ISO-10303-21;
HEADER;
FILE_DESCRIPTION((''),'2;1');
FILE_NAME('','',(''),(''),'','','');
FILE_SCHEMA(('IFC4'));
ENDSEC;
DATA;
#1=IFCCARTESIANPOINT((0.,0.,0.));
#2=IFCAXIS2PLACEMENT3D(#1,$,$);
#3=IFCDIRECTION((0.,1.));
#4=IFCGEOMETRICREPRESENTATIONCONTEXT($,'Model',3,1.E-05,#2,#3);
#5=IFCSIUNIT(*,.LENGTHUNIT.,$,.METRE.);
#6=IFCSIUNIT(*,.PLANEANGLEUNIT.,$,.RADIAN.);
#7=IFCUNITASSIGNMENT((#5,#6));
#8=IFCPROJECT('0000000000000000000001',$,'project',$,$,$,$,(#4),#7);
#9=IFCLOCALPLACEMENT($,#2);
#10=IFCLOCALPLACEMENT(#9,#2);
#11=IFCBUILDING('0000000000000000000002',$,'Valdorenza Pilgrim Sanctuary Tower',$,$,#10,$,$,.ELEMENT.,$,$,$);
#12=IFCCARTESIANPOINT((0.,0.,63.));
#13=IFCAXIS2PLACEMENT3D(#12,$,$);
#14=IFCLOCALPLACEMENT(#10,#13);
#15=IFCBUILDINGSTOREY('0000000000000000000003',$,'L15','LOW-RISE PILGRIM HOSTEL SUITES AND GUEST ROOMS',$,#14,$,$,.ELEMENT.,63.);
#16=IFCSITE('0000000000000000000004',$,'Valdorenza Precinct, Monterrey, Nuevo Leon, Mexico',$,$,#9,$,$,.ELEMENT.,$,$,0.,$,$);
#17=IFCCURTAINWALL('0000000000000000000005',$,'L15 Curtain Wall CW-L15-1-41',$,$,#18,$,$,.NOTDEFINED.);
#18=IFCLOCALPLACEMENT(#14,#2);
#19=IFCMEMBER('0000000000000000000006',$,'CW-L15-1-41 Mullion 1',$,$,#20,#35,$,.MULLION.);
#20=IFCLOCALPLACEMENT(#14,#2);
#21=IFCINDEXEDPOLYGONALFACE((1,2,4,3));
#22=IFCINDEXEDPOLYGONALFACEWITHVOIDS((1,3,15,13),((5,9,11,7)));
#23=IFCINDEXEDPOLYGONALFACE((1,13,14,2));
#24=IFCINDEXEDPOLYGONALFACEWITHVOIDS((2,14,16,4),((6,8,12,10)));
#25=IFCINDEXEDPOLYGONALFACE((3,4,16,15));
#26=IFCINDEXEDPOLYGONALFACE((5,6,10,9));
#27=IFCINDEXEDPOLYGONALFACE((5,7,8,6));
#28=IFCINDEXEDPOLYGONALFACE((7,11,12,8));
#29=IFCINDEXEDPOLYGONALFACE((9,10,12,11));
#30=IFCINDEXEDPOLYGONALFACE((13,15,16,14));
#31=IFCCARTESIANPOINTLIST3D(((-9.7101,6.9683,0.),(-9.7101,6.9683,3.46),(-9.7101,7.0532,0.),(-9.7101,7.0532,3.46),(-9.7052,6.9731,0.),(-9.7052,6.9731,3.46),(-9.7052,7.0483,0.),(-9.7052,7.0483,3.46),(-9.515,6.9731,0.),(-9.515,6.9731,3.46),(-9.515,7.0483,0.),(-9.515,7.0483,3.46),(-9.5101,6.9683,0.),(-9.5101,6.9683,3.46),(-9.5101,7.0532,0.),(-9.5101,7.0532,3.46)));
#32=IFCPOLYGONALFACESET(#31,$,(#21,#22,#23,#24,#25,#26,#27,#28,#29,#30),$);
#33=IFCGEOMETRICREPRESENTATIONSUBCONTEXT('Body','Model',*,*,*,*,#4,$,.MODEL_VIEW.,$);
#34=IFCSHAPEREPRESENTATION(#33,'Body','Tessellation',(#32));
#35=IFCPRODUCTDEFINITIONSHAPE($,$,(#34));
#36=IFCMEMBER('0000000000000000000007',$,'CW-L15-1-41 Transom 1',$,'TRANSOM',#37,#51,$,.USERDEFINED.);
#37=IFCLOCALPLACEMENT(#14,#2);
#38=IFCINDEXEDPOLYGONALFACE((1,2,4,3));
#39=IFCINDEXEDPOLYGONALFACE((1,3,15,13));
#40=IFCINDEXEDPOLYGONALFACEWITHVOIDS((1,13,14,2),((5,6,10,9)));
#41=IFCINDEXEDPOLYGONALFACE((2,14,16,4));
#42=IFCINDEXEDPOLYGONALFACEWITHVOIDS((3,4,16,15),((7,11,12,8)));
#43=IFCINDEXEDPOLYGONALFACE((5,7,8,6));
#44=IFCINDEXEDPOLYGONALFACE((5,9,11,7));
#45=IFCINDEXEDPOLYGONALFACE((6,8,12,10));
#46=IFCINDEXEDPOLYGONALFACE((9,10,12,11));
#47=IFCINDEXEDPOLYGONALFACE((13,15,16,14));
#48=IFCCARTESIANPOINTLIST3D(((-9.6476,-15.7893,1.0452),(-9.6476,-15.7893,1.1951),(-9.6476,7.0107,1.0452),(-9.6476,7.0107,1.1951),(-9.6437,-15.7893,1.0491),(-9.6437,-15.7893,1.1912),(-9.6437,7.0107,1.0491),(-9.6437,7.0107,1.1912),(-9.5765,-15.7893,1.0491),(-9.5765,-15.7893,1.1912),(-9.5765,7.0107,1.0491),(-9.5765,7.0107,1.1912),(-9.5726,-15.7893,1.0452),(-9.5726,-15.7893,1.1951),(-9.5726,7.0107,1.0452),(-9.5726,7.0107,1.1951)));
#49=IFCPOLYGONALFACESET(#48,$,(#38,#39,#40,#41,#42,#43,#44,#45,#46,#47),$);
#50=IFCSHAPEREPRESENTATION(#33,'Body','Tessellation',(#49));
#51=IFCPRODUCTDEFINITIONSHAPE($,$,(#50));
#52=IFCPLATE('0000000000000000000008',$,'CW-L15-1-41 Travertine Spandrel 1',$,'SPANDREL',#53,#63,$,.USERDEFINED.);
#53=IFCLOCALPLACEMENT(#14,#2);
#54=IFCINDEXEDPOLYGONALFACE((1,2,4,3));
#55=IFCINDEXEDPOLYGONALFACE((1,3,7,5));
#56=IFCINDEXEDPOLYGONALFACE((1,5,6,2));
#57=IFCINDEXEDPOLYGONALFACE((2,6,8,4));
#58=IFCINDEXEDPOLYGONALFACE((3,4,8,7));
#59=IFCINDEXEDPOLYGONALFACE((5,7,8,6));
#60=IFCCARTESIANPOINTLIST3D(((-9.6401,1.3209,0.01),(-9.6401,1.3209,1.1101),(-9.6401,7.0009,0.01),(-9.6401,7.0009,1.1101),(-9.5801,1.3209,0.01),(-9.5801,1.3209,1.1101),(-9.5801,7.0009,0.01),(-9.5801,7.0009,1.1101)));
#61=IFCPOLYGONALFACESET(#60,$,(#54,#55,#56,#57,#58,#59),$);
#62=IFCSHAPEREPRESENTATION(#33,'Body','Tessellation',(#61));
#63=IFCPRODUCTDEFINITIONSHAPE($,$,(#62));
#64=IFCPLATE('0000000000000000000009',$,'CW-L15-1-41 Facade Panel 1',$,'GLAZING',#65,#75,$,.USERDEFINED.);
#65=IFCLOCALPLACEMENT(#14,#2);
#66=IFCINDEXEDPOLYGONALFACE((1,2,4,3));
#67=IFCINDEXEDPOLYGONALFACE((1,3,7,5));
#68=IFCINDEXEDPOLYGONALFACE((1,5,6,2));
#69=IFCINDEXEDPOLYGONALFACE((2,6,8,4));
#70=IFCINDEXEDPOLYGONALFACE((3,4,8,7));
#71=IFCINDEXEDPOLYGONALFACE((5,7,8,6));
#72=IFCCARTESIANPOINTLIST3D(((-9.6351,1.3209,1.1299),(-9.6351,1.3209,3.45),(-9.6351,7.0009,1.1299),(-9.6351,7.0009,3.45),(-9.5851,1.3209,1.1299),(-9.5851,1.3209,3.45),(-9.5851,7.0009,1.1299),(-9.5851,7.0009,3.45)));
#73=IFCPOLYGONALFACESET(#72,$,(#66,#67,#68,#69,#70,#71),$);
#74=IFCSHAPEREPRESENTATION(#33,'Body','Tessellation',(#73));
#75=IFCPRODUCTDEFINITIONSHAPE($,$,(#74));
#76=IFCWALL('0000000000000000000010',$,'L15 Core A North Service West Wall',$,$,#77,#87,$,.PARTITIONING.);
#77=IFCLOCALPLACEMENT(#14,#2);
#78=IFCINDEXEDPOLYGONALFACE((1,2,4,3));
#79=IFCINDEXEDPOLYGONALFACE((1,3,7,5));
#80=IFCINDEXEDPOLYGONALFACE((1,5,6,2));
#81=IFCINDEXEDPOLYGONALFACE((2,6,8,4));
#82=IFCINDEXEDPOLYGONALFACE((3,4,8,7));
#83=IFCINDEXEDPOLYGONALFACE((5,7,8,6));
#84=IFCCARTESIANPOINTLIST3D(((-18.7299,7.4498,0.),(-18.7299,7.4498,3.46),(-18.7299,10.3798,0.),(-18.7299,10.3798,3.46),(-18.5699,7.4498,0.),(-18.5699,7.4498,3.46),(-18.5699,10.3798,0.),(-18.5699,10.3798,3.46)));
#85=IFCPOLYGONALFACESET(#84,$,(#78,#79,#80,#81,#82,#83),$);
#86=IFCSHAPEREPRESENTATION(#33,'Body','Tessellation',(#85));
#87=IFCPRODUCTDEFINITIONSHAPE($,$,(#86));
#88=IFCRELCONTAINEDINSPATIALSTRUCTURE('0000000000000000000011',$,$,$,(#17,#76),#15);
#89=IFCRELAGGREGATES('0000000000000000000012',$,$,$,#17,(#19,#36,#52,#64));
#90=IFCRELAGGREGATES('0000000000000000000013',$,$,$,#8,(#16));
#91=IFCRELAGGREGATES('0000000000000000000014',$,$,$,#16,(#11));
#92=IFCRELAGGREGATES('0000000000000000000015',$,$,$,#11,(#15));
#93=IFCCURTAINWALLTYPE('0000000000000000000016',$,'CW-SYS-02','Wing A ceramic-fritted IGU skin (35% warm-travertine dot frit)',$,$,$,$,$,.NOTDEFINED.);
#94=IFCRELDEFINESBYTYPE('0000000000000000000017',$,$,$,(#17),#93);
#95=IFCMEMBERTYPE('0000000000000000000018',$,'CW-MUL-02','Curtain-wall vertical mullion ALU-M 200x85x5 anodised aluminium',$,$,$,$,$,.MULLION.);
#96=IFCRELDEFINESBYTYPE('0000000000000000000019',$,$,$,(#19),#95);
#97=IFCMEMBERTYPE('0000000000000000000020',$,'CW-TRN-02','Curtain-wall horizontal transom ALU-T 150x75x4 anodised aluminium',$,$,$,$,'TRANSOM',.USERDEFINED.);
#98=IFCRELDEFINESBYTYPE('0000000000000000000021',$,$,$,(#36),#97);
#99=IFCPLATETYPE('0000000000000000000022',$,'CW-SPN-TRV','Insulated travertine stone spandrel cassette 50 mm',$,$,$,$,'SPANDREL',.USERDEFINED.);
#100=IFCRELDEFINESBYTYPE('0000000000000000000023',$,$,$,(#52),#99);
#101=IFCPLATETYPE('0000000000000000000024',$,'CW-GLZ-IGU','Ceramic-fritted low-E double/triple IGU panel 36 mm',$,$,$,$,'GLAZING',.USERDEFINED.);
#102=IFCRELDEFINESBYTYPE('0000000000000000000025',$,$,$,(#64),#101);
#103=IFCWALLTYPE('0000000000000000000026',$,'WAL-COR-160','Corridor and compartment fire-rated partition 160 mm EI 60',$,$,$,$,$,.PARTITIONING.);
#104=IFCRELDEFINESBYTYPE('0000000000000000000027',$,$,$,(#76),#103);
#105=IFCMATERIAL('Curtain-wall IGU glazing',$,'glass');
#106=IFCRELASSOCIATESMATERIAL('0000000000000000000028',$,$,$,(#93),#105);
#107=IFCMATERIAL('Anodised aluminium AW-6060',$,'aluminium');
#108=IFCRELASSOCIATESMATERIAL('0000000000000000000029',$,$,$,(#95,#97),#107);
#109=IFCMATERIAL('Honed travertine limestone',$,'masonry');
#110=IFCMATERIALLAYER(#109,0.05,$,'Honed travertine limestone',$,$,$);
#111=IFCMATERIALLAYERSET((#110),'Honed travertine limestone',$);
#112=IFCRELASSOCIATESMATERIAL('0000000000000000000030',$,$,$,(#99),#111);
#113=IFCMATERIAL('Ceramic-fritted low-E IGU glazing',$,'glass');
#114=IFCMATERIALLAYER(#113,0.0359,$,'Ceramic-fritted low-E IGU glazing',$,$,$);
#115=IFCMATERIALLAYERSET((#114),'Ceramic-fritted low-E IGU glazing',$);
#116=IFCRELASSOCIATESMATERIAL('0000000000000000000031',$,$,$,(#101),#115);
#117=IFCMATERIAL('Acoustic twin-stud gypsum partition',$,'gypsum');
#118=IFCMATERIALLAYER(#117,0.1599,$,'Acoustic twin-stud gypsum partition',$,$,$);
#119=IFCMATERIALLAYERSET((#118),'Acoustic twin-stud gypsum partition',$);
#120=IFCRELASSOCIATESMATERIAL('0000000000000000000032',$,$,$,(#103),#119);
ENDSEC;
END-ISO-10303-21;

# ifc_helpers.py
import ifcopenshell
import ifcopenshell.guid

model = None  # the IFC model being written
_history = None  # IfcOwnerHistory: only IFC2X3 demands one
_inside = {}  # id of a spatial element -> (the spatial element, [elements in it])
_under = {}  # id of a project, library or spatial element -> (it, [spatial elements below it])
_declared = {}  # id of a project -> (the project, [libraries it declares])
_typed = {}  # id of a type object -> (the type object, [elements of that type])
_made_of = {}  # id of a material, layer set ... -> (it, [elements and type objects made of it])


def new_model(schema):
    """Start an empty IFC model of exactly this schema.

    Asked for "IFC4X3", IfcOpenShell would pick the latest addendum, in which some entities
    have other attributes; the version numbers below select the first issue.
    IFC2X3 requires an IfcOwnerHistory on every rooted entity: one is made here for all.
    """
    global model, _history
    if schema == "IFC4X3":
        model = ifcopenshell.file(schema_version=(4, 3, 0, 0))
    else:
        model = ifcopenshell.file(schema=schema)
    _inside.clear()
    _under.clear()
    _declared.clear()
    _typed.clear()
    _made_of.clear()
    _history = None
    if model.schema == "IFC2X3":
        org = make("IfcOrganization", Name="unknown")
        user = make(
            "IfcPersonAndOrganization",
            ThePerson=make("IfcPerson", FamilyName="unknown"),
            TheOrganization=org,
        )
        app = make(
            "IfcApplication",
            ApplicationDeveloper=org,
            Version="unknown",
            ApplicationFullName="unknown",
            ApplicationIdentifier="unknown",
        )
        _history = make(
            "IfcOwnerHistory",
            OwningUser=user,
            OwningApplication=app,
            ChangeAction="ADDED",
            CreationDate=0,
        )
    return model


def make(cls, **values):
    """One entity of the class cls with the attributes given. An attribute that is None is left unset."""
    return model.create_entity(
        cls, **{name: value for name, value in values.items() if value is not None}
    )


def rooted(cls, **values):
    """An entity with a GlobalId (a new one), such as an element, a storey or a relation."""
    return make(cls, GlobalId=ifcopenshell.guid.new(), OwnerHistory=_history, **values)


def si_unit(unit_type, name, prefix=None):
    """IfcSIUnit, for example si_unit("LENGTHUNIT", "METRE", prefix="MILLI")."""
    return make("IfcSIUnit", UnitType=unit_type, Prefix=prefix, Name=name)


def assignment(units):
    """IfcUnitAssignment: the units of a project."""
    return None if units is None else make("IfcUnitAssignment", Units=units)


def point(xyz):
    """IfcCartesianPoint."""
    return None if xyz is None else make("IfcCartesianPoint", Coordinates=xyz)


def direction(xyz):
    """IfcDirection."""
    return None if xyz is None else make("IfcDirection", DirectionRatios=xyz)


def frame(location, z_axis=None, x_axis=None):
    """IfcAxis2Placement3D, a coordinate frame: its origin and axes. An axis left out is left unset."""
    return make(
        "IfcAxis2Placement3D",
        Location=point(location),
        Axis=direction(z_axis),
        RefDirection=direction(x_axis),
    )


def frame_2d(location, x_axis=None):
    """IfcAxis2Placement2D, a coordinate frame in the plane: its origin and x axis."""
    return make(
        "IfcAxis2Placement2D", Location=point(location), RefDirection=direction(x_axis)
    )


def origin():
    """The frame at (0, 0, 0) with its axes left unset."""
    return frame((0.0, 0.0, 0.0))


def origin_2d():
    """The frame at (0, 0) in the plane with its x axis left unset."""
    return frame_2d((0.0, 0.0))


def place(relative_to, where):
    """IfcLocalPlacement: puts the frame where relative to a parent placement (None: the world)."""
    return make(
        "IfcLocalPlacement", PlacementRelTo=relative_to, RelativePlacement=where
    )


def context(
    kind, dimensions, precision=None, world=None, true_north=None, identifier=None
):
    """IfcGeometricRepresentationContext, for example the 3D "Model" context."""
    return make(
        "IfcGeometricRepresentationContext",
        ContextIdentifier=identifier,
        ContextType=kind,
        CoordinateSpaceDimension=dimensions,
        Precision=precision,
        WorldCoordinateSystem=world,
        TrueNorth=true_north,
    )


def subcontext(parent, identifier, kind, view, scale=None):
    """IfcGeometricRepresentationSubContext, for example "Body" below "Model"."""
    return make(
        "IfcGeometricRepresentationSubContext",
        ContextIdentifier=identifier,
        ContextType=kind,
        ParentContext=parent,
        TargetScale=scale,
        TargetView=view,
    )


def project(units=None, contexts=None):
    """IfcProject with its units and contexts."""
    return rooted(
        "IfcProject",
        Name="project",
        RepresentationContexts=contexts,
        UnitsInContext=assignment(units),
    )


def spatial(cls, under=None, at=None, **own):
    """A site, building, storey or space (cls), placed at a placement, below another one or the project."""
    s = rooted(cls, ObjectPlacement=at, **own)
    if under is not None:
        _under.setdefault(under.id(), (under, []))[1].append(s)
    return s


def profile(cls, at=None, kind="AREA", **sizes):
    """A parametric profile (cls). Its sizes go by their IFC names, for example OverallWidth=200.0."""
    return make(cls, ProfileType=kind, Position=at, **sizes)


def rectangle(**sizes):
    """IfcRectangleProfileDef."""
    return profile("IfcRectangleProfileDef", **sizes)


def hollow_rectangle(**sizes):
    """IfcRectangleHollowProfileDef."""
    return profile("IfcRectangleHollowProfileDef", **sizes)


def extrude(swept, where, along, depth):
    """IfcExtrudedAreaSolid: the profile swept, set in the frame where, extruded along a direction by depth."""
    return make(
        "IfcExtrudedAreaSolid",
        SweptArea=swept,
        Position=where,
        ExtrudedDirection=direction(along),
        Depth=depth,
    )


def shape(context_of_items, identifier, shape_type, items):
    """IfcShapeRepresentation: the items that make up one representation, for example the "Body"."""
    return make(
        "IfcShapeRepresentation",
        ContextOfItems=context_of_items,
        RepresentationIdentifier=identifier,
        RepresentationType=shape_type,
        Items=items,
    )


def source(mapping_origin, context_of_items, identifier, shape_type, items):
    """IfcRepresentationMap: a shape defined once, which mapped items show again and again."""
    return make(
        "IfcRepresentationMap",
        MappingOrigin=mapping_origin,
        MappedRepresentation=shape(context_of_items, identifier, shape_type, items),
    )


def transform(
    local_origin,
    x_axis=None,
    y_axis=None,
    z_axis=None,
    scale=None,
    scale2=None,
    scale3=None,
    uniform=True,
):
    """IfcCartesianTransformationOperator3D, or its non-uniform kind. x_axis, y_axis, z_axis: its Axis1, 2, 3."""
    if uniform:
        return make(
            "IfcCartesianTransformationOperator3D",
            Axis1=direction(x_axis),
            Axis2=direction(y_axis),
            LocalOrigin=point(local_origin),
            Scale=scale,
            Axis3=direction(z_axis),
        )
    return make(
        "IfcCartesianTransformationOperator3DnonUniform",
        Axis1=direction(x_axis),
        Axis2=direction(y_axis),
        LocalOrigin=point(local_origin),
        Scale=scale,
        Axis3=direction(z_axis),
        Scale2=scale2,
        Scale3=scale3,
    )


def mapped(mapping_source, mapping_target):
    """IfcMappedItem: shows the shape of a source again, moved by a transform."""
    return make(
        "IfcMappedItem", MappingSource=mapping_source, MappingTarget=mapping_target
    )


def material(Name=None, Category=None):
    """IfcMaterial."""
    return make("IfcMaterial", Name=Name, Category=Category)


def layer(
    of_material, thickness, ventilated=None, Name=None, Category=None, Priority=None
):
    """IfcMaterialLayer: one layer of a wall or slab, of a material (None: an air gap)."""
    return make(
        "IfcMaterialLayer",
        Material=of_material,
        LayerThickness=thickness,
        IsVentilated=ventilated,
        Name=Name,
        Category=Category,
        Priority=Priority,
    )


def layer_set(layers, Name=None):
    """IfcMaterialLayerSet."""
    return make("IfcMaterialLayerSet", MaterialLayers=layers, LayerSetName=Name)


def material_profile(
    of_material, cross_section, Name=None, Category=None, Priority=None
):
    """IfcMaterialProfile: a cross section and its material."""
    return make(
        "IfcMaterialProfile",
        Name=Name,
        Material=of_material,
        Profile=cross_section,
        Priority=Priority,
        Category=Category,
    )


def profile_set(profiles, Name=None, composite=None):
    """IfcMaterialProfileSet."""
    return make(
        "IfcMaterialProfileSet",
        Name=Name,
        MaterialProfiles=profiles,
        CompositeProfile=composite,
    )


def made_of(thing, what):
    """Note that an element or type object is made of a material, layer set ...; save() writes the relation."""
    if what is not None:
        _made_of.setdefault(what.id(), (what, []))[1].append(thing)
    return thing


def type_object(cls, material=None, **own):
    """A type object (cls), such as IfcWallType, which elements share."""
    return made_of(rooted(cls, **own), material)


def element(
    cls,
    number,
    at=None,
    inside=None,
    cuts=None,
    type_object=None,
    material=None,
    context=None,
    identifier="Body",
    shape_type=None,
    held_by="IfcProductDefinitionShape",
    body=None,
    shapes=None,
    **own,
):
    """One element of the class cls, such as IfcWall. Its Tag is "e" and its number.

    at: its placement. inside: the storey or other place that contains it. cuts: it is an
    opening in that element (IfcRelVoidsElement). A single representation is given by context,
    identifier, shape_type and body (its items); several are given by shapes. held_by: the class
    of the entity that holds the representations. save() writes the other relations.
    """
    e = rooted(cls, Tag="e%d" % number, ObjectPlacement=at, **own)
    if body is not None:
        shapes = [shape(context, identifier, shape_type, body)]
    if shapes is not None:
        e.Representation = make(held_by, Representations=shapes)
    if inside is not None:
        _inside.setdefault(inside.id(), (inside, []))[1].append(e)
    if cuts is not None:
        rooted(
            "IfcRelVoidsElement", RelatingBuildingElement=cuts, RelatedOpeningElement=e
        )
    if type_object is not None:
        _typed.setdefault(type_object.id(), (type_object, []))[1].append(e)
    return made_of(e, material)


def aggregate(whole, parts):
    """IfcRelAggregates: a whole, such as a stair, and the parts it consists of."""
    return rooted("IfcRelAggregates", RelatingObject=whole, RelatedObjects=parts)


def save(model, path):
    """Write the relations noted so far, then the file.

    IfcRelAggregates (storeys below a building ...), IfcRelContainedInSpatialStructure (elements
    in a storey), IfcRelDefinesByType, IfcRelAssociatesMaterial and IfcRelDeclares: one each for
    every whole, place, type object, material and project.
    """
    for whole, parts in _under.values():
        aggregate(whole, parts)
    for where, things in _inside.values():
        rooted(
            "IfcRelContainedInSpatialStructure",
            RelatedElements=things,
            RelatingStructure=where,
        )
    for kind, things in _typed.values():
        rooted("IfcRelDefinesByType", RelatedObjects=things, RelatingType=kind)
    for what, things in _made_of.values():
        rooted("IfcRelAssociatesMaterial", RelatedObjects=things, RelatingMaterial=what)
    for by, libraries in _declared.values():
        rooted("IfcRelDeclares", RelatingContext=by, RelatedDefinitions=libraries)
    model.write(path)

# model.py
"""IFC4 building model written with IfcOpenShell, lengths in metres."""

from ifc_helpers import new_model, si_unit, direction, frame, frame_2d, origin, origin_2d, place, context, subcontext, project, spatial, rectangle, hollow_rectangle, extrude, source, transform, mapped, material, layer, layer_set, material_profile, profile_set, type_object, element, aggregate, save


model = new_model("IFC4")

# Units and contexts
model_context = context("Model", 3, precision=1e-05, world=origin(), true_north=direction((0.0, 1.0)))
body_context = subcontext(model_context, "Body", "Model", "MODEL_VIEW")
ifc_project = project(units=[si_unit("LENGTHUNIT", "METRE"), si_unit("PLANEANGLEUNIT", "RADIAN")], contexts=[model_context])

# Site, building, storey
site_placement = place(None, origin())
site = spatial("IfcSite", under=ifc_project, at=site_placement, Name="Valdorenza Precinct, Monterrey, Nuevo Leon, Mexico", CompositionType="ELEMENT", RefElevation=0.0)
building_placement = place(site_placement, origin())
building = spatial("IfcBuilding", under=site, at=building_placement, Name="Valdorenza Pilgrim Sanctuary Tower", CompositionType="ELEMENT")
storey_placement = place(building_placement, frame((0.0, 0.0, 63.0)))
storey = spatial("IfcBuildingStorey", under=building, at=storey_placement, Name="L15", Description="LOW-RISE PILGRIM HOSTEL SUITES AND GUEST ROOMS", CompositionType="ELEMENT", Elevation=63.0)

# Curtain wall, members, plates
ifc_material_1 = material(Name="Curtain-wall IGU glazing", Category="glass")
curtain_wall_type = type_object("IfcCurtainWallType", Name="CW-SYS-02", Description="Wing A ceramic-fritted IGU skin (35% warm-travertine dot frit)", PredefinedType="NOTDEFINED", material=ifc_material_1)
curtain_wall_placement = place(storey_placement, origin())
curtain_wall = element("IfcCurtainWall", 1, at=curtain_wall_placement, inside=storey, type_object=curtain_wall_type, Name="L15 Curtain Wall CW-L15-1-41", PredefinedType="NOTDEFINED")
ifc_material_2 = material(Name="Anodised aluminium AW-6060", Category="aluminium")
ifc_material_profile_1 = material_profile(ifc_material_2, hollow_rectangle(XDim=0.085, YDim=0.2, WallThickness=0.0049, at=origin_2d()), Name="ALU-M 200x85x5")
ifc_profile_set_1 = profile_set([ifc_material_profile_1], Name="Anodised aluminium AW-6060")
member_type_1 = type_object("IfcMemberType", Name="CW-MUL-02", Description="Curtain-wall vertical mullion ALU-M 200x85x5 anodised aluminium", PredefinedType="MULLION", material=ifc_profile_set_1)
shared_shape_1 = source(origin(), body_context, "Body", "SweptSolid", [
    extrude(hollow_rectangle(XDim=0.085, YDim=0.2, WallThickness=0.0049, at=origin_2d()), origin(), (0.0, 0.0, 1.0), 3.46),
])
member_1_placement = place(storey_placement, frame((-9.6101, 7.0107, 0.0), z_axis=(0.0, 0.0, 1.0), x_axis=(0.0, -1.0, 0.0)))
member_1 = element("IfcMember", 2, at=member_1_placement, type_object=member_type_1, Name="CW-L15-1-41 Mullion 1", PredefinedType="MULLION", context=body_context, shape_type="MappedRepresentation", body=[
    mapped(shared_shape_1, transform((0.0, 0.0, 0.0), x_axis=(1.0, 0.0, 0.0), y_axis=(0.0, 1.0, 0.0), z_axis=(0.0, 0.0, 1.0), scale=1.0)),
])
ifc_material_profile_2 = material_profile(ifc_material_2, hollow_rectangle(XDim=0.075, YDim=0.1499, WallThickness=0.0039, at=origin_2d()), Name="ALU-T 150x75x4")
ifc_profile_set_2 = profile_set([ifc_material_profile_2], Name="Anodised aluminium AW-6060")
member_type_2 = type_object("IfcMemberType", Name="CW-TRN-02", Description="Curtain-wall horizontal transom ALU-T 150x75x4 anodised aluminium", ElementType="TRANSOM", PredefinedType="USERDEFINED", material=ifc_profile_set_2)
shared_shape_2 = source(origin(), body_context, "Body", "SweptSolid", [
    extrude(hollow_rectangle(XDim=0.075, YDim=0.1499, WallThickness=0.0039, at=origin_2d()), origin(), (0.0, 0.0, 1.0), 22.8),
])
member_2_placement = place(storey_placement, frame((-9.6101, 7.0107, 1.1201), z_axis=(0.0, -1.0, 0.0), x_axis=(1.0, 0.0, 0.0)))
member_2 = element("IfcMember", 3, at=member_2_placement, type_object=member_type_2, Name="CW-L15-1-41 Transom 1", ObjectType="TRANSOM", PredefinedType="USERDEFINED", context=body_context, shape_type="MappedRepresentation", body=[
    mapped(shared_shape_2, transform((0.0, 0.0, 0.0), x_axis=(1.0, 0.0, 0.0), y_axis=(0.0, 1.0, 0.0), z_axis=(0.0, 0.0, 1.0), scale=1.0)),
])
ifc_material_3 = material(Name="Honed travertine limestone", Category="masonry")
ifc_layer_1 = layer(ifc_material_3, 0.05, Name="Honed travertine limestone")
ifc_layer_set_1 = layer_set([ifc_layer_1], Name="Honed travertine limestone")
plate_type_1 = type_object("IfcPlateType", Name="CW-SPN-TRV", Description="Insulated travertine stone spandrel cassette 50 mm", ElementType="SPANDREL", PredefinedType="USERDEFINED", material=ifc_layer_set_1)
shared_shape_3 = source(origin(), body_context, "Body", "SweptSolid", [
    extrude(rectangle(XDim=5.6799, YDim=0.0601, at=origin_2d()), origin(), (0.0, 0.0, 1.0), 1.1001),
])
plate_1_placement = place(storey_placement, frame((-9.6101, 4.1609, 0.01), z_axis=(0.0, 0.0, 1.0), x_axis=(0.0, -1.0, 0.0)))
plate_1 = element("IfcPlate", 4, at=plate_1_placement, type_object=plate_type_1, Name="CW-L15-1-41 Travertine Spandrel 1", ObjectType="SPANDREL", PredefinedType="USERDEFINED", context=body_context, shape_type="MappedRepresentation", body=[
    mapped(shared_shape_3, transform((0.0, 0.0, 0.0), x_axis=(1.0, 0.0, 0.0), y_axis=(0.0, 1.0, 0.0), z_axis=(0.0, 0.0, 1.0), scale=1.0)),
])
ifc_material_4 = material(Name="Ceramic-fritted low-E IGU glazing", Category="glass")
ifc_layer_2 = layer(ifc_material_4, 0.0359, Name="Ceramic-fritted low-E IGU glazing")
ifc_layer_set_2 = layer_set([ifc_layer_2], Name="Ceramic-fritted low-E IGU glazing")
plate_type_2 = type_object("IfcPlateType", Name="CW-GLZ-IGU", Description="Ceramic-fritted low-E double/triple IGU panel 36 mm", ElementType="GLAZING", PredefinedType="USERDEFINED", material=ifc_layer_set_2)
shared_shape_4 = source(origin(), body_context, "Body", "SweptSolid", [
    extrude(rectangle(XDim=5.6799, YDim=0.05, at=origin_2d()), origin(), (0.0, 0.0, 1.0), 2.3201),
])
plate_2_placement = place(storey_placement, frame((-9.6101, 4.1609, 1.1299), z_axis=(0.0, 0.0, 1.0), x_axis=(0.0, -1.0, 0.0)))
plate_2 = element("IfcPlate", 5, at=plate_2_placement, type_object=plate_type_2, Name="CW-L15-1-41 Facade Panel 1", ObjectType="GLAZING", PredefinedType="USERDEFINED", context=body_context, shape_type="MappedRepresentation", body=[
    mapped(shared_shape_4, transform((0.0, 0.0, 0.0), x_axis=(1.0, 0.0, 0.0), y_axis=(0.0, 1.0, 0.0), z_axis=(0.0, 0.0, 1.0), scale=1.0)),
])
aggregate(curtain_wall, [member_1, member_2, plate_1, plate_2])

# Wall
ifc_material_5 = material(Name="Acoustic twin-stud gypsum partition", Category="gypsum")
ifc_layer_3 = layer(ifc_material_5, 0.1599, Name="Acoustic twin-stud gypsum partition")
ifc_layer_set_3 = layer_set([ifc_layer_3], Name="Acoustic twin-stud gypsum partition")
wall_type_1 = type_object("IfcWallType", Name="WAL-COR-160", Description="Corridor and compartment fire-rated partition 160 mm EI 60", PredefinedType="PARTITIONING", material=ifc_layer_set_3)
wall_1_placement = place(storey_placement, frame((-18.6499, 7.45, 0.0), z_axis=(0.0, 0.0, 1.0), x_axis=(0.0, 1.0, 0.0)))
element("IfcWall", 6, at=wall_1_placement, inside=storey, type_object=wall_type_1, Name="L15 Core A North Service West Wall", PredefinedType="PARTITIONING", context=body_context, shape_type="SweptSolid", body=[
    extrude(rectangle(XDim=2.9299, YDim=0.1599, at=frame_2d((1.4648, 0.0))), origin(), (0.0, 0.0, 1.0), 3.46),
])

save(model, "model.ifc")
